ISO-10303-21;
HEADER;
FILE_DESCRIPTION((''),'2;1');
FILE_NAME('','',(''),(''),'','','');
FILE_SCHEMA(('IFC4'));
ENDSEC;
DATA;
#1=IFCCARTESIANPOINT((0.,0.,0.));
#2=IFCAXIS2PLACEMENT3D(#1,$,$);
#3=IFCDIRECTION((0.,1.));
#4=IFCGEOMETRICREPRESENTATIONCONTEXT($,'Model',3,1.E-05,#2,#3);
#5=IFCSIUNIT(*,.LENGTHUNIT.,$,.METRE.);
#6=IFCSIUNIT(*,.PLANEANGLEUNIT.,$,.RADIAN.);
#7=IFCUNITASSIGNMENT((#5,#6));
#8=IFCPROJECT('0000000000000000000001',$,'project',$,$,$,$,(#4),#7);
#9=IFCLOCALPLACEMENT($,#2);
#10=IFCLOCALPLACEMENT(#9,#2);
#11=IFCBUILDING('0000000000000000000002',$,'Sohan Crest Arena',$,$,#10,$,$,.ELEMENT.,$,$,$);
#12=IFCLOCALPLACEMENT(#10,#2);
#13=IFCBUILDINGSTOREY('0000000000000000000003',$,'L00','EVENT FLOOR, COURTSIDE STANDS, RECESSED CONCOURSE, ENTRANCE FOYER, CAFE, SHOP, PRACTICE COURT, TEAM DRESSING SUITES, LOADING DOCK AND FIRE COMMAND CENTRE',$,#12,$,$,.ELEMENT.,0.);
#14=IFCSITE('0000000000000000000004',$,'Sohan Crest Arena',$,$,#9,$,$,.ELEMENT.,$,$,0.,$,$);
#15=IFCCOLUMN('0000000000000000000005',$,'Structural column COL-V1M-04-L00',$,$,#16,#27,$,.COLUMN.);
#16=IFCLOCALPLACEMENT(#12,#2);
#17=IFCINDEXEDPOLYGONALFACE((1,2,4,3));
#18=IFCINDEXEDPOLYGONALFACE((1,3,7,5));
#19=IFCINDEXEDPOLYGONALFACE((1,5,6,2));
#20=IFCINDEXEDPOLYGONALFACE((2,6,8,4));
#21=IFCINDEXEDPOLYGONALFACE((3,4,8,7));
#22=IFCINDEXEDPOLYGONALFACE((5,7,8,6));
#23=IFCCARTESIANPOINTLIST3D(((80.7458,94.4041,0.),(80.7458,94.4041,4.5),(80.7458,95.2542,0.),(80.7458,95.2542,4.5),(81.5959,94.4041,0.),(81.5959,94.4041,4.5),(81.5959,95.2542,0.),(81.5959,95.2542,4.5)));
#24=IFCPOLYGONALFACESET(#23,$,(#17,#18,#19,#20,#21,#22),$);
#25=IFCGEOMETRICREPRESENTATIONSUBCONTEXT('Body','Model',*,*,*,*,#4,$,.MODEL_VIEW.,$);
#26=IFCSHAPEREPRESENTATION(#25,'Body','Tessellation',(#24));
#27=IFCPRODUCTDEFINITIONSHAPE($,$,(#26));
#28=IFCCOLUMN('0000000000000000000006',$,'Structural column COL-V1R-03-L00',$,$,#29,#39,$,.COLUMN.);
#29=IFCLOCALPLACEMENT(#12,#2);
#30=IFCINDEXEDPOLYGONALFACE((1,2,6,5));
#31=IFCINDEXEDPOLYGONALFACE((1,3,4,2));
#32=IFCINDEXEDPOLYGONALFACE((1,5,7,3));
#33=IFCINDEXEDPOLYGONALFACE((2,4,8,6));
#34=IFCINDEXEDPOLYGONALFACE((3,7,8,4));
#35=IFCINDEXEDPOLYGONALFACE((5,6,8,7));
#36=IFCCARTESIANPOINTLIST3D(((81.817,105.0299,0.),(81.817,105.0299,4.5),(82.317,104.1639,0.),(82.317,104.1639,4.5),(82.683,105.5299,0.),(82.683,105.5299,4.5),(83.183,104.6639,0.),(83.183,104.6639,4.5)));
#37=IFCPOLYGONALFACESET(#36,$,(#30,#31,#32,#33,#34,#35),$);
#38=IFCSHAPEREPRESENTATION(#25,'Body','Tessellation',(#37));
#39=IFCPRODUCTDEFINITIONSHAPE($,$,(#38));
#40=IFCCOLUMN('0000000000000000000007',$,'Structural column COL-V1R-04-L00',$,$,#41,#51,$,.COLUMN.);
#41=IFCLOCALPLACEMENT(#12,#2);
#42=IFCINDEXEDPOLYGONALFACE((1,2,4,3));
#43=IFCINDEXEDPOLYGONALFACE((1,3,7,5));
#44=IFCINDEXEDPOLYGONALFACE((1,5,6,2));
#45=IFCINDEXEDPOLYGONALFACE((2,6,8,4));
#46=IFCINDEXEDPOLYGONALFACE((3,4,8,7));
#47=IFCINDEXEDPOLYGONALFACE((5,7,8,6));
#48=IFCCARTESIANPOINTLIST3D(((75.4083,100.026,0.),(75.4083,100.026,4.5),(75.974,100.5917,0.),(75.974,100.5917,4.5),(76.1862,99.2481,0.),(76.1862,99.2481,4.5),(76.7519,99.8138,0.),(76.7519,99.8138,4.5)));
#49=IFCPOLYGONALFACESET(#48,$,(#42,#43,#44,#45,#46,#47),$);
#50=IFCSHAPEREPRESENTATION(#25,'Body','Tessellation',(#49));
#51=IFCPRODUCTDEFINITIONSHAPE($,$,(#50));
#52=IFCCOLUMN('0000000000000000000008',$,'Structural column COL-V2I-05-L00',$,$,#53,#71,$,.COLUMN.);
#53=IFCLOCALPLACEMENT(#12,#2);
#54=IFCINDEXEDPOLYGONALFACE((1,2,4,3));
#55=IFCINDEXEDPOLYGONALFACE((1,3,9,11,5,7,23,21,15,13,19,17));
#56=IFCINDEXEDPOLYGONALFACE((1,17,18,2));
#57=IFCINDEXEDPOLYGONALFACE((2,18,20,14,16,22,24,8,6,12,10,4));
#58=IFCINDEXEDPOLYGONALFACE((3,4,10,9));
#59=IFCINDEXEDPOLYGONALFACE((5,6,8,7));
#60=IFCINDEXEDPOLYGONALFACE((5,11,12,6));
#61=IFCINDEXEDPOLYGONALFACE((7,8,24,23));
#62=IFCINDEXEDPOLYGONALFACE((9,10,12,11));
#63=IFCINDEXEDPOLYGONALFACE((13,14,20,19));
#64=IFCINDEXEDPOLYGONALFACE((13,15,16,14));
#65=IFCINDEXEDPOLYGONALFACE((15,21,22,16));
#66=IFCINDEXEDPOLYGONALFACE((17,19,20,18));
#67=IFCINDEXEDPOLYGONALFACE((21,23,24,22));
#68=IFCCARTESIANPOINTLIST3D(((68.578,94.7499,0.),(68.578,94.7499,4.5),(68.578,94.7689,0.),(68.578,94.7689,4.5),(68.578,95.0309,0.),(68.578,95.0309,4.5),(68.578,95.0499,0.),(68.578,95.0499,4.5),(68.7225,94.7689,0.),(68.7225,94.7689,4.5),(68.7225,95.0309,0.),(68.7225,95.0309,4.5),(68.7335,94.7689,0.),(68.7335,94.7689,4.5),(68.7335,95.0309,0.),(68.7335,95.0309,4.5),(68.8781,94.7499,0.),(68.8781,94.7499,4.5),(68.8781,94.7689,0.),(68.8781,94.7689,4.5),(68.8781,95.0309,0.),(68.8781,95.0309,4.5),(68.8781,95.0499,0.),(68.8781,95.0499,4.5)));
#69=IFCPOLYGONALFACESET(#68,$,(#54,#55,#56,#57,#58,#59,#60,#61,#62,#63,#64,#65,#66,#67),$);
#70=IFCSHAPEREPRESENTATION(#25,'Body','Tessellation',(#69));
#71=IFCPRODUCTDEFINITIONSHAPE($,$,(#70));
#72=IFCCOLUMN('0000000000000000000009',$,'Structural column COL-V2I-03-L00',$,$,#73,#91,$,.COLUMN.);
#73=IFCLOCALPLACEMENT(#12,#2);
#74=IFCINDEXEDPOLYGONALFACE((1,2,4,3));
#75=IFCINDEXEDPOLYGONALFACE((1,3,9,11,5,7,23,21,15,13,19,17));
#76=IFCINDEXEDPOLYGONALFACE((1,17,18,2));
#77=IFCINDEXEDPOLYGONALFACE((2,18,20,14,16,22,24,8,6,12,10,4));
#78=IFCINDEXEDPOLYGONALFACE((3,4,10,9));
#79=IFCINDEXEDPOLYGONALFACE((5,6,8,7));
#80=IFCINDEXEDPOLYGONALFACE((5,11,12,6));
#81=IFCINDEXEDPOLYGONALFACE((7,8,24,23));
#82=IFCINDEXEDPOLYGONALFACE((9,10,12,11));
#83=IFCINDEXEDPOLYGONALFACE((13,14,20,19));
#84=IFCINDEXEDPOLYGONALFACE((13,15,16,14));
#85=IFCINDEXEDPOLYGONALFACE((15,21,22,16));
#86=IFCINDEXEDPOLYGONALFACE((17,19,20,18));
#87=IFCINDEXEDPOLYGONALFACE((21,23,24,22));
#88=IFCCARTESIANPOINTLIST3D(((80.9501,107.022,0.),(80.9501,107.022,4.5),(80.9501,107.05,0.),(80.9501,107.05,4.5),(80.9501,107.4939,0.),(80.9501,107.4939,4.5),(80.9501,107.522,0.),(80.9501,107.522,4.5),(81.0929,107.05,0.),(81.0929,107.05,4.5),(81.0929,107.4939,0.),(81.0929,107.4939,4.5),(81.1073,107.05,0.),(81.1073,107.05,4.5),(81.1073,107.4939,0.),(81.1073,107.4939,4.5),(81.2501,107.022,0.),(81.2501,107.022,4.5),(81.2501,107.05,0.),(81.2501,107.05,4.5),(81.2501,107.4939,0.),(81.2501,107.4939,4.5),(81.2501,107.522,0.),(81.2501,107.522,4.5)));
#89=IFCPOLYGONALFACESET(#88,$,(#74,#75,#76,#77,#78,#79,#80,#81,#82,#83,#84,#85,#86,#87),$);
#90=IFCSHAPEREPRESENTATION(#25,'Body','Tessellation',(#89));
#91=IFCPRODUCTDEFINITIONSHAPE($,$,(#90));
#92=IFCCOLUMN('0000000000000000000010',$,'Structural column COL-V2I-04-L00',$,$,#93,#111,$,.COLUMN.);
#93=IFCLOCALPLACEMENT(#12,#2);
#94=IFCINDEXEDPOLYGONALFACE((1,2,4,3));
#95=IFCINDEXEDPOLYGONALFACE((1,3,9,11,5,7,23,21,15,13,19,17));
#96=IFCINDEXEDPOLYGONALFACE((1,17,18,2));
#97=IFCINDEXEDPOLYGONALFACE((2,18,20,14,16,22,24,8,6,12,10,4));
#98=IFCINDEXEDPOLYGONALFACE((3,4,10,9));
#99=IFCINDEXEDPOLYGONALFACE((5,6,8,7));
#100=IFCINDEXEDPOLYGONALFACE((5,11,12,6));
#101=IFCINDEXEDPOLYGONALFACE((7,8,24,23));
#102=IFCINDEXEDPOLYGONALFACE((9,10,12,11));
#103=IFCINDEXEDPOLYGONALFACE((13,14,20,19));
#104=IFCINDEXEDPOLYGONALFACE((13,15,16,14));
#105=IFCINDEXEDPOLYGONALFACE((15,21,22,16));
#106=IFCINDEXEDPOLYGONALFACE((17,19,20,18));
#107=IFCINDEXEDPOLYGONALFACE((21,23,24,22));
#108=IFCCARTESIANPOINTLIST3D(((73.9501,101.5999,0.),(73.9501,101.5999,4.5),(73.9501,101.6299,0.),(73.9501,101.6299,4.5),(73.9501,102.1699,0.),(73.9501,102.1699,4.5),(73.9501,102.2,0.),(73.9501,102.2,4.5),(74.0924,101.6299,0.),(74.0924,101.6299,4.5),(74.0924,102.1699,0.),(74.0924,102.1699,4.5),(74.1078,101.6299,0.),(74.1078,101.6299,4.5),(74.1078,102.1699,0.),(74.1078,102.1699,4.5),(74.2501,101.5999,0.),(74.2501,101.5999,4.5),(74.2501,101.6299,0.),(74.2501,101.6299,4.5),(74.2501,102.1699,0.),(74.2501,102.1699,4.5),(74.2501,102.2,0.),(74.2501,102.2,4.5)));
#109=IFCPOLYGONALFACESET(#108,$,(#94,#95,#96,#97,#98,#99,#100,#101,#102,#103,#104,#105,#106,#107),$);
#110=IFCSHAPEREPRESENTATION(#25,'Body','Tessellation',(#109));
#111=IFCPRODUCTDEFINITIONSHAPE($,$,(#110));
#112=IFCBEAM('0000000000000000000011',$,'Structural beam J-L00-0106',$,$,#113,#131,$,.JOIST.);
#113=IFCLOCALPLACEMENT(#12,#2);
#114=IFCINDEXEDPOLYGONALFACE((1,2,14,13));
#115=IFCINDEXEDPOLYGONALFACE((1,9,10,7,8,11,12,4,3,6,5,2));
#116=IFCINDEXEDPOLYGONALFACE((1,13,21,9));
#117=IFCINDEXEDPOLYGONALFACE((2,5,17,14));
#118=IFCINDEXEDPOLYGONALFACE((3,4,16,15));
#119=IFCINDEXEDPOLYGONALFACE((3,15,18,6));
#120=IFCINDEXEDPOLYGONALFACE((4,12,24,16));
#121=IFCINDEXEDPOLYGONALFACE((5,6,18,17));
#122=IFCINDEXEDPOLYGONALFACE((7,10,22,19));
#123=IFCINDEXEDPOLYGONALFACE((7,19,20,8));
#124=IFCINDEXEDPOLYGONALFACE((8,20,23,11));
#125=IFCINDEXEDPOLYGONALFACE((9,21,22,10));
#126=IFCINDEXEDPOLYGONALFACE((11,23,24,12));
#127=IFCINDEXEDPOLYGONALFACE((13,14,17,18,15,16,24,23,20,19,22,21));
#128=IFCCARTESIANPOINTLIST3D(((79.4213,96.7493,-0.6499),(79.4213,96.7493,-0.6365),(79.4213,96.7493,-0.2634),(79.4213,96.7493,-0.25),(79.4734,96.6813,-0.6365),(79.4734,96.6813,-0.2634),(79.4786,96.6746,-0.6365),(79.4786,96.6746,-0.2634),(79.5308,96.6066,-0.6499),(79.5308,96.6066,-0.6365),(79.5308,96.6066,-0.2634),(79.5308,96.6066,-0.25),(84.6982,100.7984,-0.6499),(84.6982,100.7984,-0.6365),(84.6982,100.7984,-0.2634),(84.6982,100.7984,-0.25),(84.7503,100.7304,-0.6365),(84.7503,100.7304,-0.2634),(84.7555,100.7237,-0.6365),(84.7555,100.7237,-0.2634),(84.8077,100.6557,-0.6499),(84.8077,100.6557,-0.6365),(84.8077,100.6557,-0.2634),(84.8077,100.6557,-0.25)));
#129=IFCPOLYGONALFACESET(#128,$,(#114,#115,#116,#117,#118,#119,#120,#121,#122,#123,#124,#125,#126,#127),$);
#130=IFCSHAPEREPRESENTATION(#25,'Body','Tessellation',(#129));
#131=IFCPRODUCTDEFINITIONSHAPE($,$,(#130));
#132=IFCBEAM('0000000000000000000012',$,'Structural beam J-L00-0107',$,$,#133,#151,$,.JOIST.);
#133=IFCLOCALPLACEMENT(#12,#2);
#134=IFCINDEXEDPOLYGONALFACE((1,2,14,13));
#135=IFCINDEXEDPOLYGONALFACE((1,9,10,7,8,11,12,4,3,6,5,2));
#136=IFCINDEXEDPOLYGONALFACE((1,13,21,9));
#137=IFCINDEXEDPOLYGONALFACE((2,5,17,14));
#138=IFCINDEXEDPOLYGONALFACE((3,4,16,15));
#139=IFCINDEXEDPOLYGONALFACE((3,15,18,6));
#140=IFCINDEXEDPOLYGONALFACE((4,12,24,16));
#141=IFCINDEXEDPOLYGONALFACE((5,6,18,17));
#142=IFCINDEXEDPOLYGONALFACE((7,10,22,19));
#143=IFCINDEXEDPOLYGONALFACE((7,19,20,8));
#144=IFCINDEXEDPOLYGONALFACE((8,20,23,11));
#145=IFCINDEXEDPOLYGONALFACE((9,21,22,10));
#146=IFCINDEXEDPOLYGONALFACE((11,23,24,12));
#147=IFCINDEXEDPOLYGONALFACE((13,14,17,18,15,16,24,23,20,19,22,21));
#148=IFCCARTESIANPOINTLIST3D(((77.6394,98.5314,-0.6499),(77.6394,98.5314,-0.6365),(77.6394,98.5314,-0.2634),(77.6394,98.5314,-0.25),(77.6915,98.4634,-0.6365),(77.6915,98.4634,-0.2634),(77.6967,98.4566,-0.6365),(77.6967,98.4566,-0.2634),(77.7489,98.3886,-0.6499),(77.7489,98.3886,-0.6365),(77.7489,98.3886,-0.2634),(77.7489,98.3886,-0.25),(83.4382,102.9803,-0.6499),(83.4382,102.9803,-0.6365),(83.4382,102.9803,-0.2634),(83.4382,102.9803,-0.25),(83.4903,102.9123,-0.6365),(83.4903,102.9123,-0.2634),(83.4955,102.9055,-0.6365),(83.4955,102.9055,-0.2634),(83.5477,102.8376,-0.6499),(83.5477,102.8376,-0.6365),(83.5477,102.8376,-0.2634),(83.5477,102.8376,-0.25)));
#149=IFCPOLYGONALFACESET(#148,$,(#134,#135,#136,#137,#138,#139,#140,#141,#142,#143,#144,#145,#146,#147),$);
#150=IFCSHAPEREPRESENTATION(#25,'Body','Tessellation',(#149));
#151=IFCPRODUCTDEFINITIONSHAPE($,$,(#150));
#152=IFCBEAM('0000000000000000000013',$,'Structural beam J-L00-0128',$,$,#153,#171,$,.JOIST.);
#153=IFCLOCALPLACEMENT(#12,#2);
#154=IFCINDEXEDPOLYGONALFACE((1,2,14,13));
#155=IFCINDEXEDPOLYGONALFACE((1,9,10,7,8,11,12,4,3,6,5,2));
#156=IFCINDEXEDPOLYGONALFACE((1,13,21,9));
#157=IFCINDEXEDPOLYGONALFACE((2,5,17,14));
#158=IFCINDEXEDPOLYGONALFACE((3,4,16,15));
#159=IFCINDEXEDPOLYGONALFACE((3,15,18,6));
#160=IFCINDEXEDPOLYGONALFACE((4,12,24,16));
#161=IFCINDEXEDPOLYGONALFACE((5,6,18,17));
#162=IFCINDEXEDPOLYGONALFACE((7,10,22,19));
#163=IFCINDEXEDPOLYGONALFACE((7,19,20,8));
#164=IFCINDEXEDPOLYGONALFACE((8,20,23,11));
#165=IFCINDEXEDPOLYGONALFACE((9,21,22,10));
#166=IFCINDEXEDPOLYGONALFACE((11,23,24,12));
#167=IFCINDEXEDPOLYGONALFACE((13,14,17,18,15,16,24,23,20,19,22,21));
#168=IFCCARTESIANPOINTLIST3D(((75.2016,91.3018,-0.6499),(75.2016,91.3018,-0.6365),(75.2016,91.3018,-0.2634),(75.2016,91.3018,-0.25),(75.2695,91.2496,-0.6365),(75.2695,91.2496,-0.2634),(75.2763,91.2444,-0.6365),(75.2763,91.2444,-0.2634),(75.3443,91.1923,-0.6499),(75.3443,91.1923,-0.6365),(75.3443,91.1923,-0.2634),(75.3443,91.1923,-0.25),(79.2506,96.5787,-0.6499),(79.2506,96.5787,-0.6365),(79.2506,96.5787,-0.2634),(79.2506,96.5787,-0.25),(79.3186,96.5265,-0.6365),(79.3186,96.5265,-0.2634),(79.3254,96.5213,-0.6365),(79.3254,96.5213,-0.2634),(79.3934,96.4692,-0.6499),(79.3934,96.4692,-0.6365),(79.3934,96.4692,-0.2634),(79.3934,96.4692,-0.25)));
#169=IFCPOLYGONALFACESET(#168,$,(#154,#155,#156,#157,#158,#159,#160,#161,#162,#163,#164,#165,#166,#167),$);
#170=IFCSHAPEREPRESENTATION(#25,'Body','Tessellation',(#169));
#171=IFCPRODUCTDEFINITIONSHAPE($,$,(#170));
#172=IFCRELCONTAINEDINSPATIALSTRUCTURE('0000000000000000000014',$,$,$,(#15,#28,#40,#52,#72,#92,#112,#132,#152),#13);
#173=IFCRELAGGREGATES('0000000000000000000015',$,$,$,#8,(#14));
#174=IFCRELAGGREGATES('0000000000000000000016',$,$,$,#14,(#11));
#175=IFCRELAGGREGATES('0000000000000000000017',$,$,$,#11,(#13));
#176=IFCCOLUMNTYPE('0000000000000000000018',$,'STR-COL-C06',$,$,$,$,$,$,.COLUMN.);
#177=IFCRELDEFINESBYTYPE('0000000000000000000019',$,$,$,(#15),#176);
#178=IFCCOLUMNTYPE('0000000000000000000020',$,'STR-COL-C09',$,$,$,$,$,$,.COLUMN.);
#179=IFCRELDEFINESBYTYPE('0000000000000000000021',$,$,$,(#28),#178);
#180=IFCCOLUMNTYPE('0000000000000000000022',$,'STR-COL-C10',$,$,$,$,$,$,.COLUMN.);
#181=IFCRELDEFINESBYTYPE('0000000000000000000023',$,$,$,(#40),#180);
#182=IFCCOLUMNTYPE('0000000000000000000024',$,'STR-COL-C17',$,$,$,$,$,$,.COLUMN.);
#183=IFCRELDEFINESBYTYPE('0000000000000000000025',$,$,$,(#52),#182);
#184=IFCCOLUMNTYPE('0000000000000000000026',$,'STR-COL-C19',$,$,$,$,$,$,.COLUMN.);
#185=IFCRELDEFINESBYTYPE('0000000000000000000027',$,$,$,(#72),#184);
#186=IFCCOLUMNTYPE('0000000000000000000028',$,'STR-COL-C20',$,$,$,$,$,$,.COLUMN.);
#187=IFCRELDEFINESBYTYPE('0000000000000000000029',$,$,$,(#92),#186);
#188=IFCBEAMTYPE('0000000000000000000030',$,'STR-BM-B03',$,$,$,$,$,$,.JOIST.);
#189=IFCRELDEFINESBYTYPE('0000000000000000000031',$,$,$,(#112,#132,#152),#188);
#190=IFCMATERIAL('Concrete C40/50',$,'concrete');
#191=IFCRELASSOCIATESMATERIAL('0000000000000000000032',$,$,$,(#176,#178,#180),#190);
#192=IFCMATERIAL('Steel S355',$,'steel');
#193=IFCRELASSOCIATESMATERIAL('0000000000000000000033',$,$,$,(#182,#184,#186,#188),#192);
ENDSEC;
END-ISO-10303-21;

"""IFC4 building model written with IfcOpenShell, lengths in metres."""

from ifc_helpers import new_model, si_unit, direction, frame, origin, origin_2d, place, context, subcontext, project, spatial, rectangle, i_section, extrude, material, material_profile, profile_set, type_object, element, save


model = new_model("IFC4")

# Units and contexts
model_context = context("Model", 3, precision=1e-05, world=origin(), true_north=direction((0.0, 1.0)))
body_context = subcontext(model_context, "Body", "Model", "MODEL_VIEW")
ifc_project = project(units=[si_unit("LENGTHUNIT", "METRE"), si_unit("PLANEANGLEUNIT", "RADIAN")], contexts=[model_context])

# Site, building, storey
site_placement = place(None, origin())
site = spatial("IfcSite", under=ifc_project, at=site_placement, Name="Sohan Crest Arena", CompositionType="ELEMENT", RefElevation=0.0)
building_placement = place(site_placement, origin())
building = spatial("IfcBuilding", under=site, at=building_placement, Name="Sohan Crest Arena", CompositionType="ELEMENT")
storey_placement = place(building_placement, origin())
storey = spatial("IfcBuildingStorey", under=building, at=storey_placement, Name="L00", Description="EVENT FLOOR, COURTSIDE STANDS, RECESSED CONCOURSE, ENTRANCE FOYER, CAFE, SHOP, PRACTICE COURT, TEAM DRESSING SUITES, LOADING DOCK AND FIRE COMMAND CENTRE", CompositionType="ELEMENT", Elevation=0.0)

# Columns
ifc_material_1 = material(Name="Concrete C40/50", Category="concrete")
ifc_material_profile_1 = material_profile(ifc_material_1, rectangle(XDim=0.8501, YDim=0.8501, at=origin_2d()), Name="RC 850x850")
ifc_profile_set_1 = profile_set([ifc_material_profile_1], Name="Concrete C40/50")
column_type_1 = type_object("IfcColumnType", Name="STR-COL-C06", PredefinedType="COLUMN", material=ifc_profile_set_1)
column_1_placement = place(storey_placement, frame((81.1709, 94.8291, 0.0), z_axis=(0.0, 0.0, 1.0), x_axis=(1.0, 0.0, 0.0)))
element("IfcColumn", 1, at=column_1_placement, inside=storey, type_object=column_type_1, Name="Structural column COL-V1M-04-L00", PredefinedType="COLUMN", context=body_context, shape_type="SweptSolid", body=[
    extrude(rectangle(XDim=0.8501, YDim=0.8501, at=origin_2d()), origin(), (0.0, 0.0, 1.0), 4.5),
])
ifc_material_profile_2 = material_profile(ifc_material_1, rectangle(XDim=1.0, YDim=1.0, at=origin_2d()), Name="RC 1000x1000")
ifc_profile_set_2 = profile_set([ifc_material_profile_2], Name="Concrete C40/50")
column_type_2 = type_object("IfcColumnType", Name="STR-COL-C09", PredefinedType="COLUMN", material=ifc_profile_set_2)
column_2_placement = place(storey_placement, frame((82.5, 104.8469, 0.0), z_axis=(0.0, 0.0, 1.0), x_axis=(-0.5, 0.866025, 0.0)))
element("IfcColumn", 2, at=column_2_placement, inside=storey, type_object=column_type_2, Name="Structural column COL-V1R-03-L00", PredefinedType="COLUMN", context=body_context, shape_type="SweptSolid", body=[
    extrude(rectangle(XDim=1.0, YDim=1.0, at=origin_2d()), origin(), (0.0, 0.0, 1.0), 4.5),
])
ifc_material_profile_3 = material_profile(ifc_material_1, rectangle(XDim=1.1001, YDim=0.8, at=origin_2d()), Name="RC 1100x800")
ifc_profile_set_3 = profile_set([ifc_material_profile_3], Name="Concrete C40/50")
column_type_3 = type_object("IfcColumnType", Name="STR-COL-C10", PredefinedType="COLUMN", material=ifc_profile_set_3)
column_3_placement = place(storey_placement, frame((76.0801, 99.9199, 0.0), z_axis=(0.0, 0.0, 1.0), x_axis=(-0.707107, 0.707107, 0.0)))
element("IfcColumn", 3, at=column_3_placement, inside=storey, type_object=column_type_3, Name="Structural column COL-V1R-04-L00", PredefinedType="COLUMN", context=body_context, shape_type="SweptSolid", body=[
    extrude(rectangle(XDim=1.1001, YDim=0.8, at=origin_2d()), origin(), (0.0, 0.0, 1.0), 4.5),
])
ifc_material_2 = material(Name="Steel S355", Category="steel")
ifc_material_profile_4 = material_profile(ifc_material_2, i_section(OverallWidth=0.3, OverallDepth=0.3, WebThickness=0.011, FlangeThickness=0.019, at=origin_2d()), Name="HEB 300")
ifc_profile_set_4 = profile_set([ifc_material_profile_4], Name="Steel S355")
column_type_4 = type_object("IfcColumnType", Name="STR-COL-C17", PredefinedType="COLUMN", material=ifc_profile_set_4)
column_4_placement = place(storey_placement, frame((68.728, 94.8999, 0.0), z_axis=(0.0, 0.0, 1.0), x_axis=(1.0, 0.0, 0.0)))
element("IfcColumn", 4, at=column_4_placement, inside=storey, type_object=column_type_4, Name="Structural column COL-V2I-05-L00", PredefinedType="COLUMN", context=body_context, shape_type="SweptSolid", body=[
    extrude(i_section(OverallWidth=0.3, OverallDepth=0.3, WebThickness=0.011, FlangeThickness=0.019, at=origin_2d()), origin(), (0.0, 0.0, 1.0), 4.5),
])
ifc_material_profile_5 = material_profile(ifc_material_2, i_section(OverallWidth=0.3, OverallDepth=0.5, WebThickness=0.0144, FlangeThickness=0.0281, at=origin_2d()), Name="HEB 500")
ifc_profile_set_5 = profile_set([ifc_material_profile_5], Name="Steel S355")
column_type_5 = type_object("IfcColumnType", Name="STR-COL-C19", PredefinedType="COLUMN", material=ifc_profile_set_5)
column_5_placement = place(storey_placement, frame((81.1001, 107.272, 0.0), z_axis=(0.0, 0.0, 1.0), x_axis=(1.0, 0.0, 0.0)))
element("IfcColumn", 5, at=column_5_placement, inside=storey, type_object=column_type_5, Name="Structural column COL-V2I-03-L00", PredefinedType="COLUMN", context=body_context, shape_type="SweptSolid", body=[
    extrude(i_section(OverallWidth=0.3, OverallDepth=0.5, WebThickness=0.0144, FlangeThickness=0.0281, at=origin_2d()), origin(), (0.0, 0.0, 1.0), 4.5),
])
ifc_material_profile_6 = material_profile(ifc_material_2, i_section(OverallWidth=0.3, OverallDepth=0.6001, WebThickness=0.0154, FlangeThickness=0.03, at=origin_2d()), Name="HEB 600")
ifc_profile_set_6 = profile_set([ifc_material_profile_6], Name="Steel S355")
column_type_6 = type_object("IfcColumnType", Name="STR-COL-C20", PredefinedType="COLUMN", material=ifc_profile_set_6)
column_6_placement = place(storey_placement, frame((74.1001, 101.8999, 0.0), z_axis=(0.0, 0.0, 1.0), x_axis=(1.0, 0.0, 0.0)))
element("IfcColumn", 6, at=column_6_placement, inside=storey, type_object=column_type_6, Name="Structural column COL-V2I-04-L00", PredefinedType="COLUMN", context=body_context, shape_type="SweptSolid", body=[
    extrude(i_section(OverallWidth=0.3, OverallDepth=0.6001, WebThickness=0.0154, FlangeThickness=0.03, at=origin_2d()), origin(), (0.0, 0.0, 1.0), 4.5),
])

# Beams
ifc_material_profile_7 = material_profile(ifc_material_2, i_section(OverallWidth=0.1799, OverallDepth=0.3999, WebThickness=0.0085, FlangeThickness=0.0134, at=origin_2d()), Name="IPE 400")
ifc_profile_set_7 = profile_set([ifc_material_profile_7], Name="Steel S355")
beam_type_1 = type_object("IfcBeamType", Name="STR-BM-B03", PredefinedType="JOIST", material=ifc_profile_set_7)
beam_1_placement = place(storey_placement, frame((84.7529, 100.7271, -0.45), z_axis=(-0.793353, -0.608761, 0.0), x_axis=(0.608761, -0.793353, 0.0)))
element("IfcBeam", 7, at=beam_1_placement, inside=storey, type_object=beam_type_1, Name="Structural beam J-L00-0106", PredefinedType="JOIST", context=body_context, shape_type="SweptSolid", body=[
    extrude(i_section(OverallWidth=0.1799, OverallDepth=0.3999, WebThickness=0.0085, FlangeThickness=0.0134, at=origin_2d()), origin(), (0.0, 0.0, 1.0), 6.6514),
])
beam_2_placement = place(storey_placement, frame((83.4929, 102.9089, -0.45), z_axis=(-0.793394, -0.608708, 0.0), x_axis=(0.608708, -0.793394, 0.0)))
element("IfcBeam", 8, at=beam_2_placement, inside=storey, type_object=beam_type_1, Name="Structural beam J-L00-0107", PredefinedType="JOIST", context=body_context, shape_type="SweptSolid", body=[
    extrude(i_section(OverallWidth=0.1799, OverallDepth=0.3999, WebThickness=0.0085, FlangeThickness=0.0134, at=origin_2d()), origin(), (0.0, 0.0, 1.0), 7.3088),
])
beam_3_placement = place(storey_placement, frame((79.322, 96.5239, -0.45), z_axis=(-0.608761, -0.793353, 0.0), x_axis=(0.793353, -0.608761, 0.0)))
element("IfcBeam", 9, at=beam_3_placement, inside=storey, type_object=beam_type_1, Name="Structural beam J-L00-0128", PredefinedType="JOIST", context=body_context, shape_type="SweptSolid", body=[
    extrude(i_section(OverallWidth=0.1799, OverallDepth=0.3999, WebThickness=0.0085, FlangeThickness=0.0134, at=origin_2d()), origin(), (0.0, 0.0, 1.0), 6.6514),
])

save(model, "model.ifc")
